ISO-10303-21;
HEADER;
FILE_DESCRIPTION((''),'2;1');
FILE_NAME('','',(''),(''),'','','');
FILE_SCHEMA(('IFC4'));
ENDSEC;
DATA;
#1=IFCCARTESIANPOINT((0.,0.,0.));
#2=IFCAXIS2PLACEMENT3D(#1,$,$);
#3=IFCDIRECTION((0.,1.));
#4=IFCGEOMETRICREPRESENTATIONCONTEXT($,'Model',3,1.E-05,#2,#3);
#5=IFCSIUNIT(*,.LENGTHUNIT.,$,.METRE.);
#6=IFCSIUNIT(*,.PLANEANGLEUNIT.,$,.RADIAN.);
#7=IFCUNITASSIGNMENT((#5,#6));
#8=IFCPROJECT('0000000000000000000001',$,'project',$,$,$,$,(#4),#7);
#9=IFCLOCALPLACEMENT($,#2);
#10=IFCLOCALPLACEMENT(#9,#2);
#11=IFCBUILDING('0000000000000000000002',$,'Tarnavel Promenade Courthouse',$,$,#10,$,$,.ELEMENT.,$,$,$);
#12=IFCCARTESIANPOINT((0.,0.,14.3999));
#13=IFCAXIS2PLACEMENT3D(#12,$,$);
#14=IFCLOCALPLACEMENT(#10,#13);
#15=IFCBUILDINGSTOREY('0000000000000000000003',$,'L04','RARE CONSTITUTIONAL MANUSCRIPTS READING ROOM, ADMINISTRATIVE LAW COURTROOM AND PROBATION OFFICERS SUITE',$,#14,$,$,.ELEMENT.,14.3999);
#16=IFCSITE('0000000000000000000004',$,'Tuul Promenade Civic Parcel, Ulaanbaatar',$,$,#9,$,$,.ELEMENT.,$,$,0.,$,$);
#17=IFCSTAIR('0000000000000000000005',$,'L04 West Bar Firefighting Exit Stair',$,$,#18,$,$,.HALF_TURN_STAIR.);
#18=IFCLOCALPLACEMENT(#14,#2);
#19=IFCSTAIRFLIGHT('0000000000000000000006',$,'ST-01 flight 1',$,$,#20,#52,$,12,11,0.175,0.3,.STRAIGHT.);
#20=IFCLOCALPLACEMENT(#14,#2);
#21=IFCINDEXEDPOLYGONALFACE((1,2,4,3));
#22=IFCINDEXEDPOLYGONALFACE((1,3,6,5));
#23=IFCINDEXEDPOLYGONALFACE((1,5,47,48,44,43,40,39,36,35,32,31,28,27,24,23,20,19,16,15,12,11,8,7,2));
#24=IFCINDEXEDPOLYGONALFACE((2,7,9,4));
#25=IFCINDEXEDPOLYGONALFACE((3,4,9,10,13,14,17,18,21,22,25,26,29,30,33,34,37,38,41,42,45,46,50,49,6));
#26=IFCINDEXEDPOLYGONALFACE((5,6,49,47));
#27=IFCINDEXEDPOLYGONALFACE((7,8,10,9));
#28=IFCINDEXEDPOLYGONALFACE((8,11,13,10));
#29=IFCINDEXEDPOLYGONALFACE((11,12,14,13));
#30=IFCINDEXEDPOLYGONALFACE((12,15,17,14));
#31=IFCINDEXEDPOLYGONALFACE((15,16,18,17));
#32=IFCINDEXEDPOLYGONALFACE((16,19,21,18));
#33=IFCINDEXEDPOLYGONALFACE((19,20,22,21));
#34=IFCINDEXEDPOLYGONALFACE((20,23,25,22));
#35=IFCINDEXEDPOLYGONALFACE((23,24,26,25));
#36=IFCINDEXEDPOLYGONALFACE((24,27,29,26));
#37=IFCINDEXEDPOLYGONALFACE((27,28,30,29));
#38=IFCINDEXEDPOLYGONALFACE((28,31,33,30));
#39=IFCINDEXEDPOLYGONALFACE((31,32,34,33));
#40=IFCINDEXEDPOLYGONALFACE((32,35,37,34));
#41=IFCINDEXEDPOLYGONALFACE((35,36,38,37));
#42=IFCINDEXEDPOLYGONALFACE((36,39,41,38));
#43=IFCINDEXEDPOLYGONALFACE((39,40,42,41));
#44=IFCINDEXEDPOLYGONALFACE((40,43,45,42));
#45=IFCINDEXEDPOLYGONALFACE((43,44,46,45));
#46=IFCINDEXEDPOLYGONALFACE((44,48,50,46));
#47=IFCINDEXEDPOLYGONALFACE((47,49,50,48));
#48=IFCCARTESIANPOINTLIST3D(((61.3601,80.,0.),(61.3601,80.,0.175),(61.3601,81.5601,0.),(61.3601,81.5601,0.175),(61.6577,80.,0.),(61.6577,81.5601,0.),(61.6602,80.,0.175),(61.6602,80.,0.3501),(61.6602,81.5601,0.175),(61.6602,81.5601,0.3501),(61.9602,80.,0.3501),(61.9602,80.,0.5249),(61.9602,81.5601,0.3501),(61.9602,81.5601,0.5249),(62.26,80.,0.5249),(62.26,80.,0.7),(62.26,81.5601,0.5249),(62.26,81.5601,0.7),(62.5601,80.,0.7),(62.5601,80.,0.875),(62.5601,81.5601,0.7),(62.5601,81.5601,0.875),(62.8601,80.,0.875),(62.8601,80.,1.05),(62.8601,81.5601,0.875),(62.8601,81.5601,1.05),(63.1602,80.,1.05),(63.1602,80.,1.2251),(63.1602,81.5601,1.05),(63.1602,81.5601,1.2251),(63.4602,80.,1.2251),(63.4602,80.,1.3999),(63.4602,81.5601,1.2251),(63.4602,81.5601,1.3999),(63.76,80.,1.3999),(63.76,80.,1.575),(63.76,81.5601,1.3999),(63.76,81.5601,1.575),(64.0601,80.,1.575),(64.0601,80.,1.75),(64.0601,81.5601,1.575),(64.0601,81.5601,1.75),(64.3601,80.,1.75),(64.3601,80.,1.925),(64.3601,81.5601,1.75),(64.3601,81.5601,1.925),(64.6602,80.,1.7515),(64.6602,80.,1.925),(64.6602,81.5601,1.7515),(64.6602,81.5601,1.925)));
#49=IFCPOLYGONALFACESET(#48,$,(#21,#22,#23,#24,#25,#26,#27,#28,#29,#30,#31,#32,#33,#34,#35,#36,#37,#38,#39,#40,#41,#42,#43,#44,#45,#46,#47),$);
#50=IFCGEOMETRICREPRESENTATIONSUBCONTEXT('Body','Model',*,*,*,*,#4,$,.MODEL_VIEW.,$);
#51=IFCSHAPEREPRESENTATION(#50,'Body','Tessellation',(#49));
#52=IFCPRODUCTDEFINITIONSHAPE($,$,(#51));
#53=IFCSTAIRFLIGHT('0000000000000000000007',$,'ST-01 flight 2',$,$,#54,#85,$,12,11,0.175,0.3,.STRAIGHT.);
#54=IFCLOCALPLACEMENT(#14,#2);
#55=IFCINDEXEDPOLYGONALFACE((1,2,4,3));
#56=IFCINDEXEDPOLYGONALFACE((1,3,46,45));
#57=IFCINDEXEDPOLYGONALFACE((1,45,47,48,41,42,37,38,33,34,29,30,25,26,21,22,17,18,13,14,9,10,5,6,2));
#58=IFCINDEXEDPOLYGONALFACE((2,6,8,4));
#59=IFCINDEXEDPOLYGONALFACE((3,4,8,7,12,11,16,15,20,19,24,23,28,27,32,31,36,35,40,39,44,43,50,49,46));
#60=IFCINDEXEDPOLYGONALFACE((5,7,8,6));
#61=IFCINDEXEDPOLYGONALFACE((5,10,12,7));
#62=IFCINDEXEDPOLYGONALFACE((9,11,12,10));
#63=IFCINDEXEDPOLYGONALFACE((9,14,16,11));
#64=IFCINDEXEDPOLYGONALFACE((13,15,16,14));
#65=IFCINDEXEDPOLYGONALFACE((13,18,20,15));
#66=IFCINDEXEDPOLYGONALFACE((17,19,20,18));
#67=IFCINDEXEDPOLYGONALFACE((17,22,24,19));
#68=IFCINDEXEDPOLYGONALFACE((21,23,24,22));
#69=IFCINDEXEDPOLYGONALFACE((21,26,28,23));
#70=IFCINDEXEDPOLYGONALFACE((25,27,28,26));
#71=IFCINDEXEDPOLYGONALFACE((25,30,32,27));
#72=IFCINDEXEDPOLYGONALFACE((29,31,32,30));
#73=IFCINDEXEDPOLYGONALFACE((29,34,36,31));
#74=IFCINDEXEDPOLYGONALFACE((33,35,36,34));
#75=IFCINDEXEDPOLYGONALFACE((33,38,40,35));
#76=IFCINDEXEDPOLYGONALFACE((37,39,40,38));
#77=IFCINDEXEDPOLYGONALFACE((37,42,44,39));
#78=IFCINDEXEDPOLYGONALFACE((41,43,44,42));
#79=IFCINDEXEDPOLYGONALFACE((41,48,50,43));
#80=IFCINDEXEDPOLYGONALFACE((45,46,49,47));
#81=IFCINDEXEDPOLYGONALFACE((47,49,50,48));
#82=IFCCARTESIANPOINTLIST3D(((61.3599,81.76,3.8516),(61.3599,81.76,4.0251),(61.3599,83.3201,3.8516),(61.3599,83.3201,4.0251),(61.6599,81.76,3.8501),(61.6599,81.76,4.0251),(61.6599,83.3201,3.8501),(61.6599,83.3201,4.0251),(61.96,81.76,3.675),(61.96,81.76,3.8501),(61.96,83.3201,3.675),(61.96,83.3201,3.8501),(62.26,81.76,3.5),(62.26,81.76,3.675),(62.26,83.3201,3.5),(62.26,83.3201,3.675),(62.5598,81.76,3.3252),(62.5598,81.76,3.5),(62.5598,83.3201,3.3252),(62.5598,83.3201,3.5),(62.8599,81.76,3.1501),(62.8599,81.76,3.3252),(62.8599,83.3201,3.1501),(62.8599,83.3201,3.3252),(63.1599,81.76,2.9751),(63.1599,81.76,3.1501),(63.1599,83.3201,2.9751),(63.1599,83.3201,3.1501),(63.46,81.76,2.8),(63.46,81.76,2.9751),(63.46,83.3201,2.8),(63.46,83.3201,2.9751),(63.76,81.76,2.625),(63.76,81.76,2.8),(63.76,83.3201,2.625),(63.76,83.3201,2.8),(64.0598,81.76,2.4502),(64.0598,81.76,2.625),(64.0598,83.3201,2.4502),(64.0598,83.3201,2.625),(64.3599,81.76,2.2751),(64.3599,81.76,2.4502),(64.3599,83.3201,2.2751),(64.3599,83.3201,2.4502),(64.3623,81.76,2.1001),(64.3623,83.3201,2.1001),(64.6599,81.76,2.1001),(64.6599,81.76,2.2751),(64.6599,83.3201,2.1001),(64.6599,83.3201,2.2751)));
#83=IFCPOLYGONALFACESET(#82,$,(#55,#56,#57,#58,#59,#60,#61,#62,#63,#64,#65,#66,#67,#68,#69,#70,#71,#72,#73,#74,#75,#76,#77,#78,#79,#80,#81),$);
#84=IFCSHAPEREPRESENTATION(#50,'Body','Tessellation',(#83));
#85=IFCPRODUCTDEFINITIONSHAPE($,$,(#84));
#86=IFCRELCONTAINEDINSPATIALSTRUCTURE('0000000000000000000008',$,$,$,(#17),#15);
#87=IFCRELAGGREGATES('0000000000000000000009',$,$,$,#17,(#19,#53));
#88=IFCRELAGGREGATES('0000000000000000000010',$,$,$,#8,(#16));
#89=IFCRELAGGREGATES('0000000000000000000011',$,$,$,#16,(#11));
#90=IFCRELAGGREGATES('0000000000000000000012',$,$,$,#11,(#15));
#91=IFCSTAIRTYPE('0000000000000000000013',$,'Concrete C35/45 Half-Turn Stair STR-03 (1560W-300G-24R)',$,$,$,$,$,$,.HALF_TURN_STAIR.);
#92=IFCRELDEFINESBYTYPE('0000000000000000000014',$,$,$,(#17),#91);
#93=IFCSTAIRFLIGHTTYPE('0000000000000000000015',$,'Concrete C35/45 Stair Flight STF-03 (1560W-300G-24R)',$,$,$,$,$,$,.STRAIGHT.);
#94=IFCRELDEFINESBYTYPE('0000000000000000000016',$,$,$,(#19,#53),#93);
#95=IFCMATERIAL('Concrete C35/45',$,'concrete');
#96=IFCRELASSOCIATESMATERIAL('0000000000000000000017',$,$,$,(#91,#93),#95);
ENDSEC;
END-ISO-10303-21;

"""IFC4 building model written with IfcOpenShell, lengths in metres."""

from ifc_helpers import new_model, si_unit, direction, frame, origin, place, context, subcontext, project, spatial, polyline, outline, extrude, material, type_object, element, aggregate, save


model = new_model("IFC4")

# Units and contexts
model_context = context("Model", 3, precision=1e-05, world=origin(), true_north=direction((0.0, 1.0)))
body_context = subcontext(model_context, "Body", "Model", "MODEL_VIEW")
ifc_project = project(units=[si_unit("LENGTHUNIT", "METRE"), si_unit("PLANEANGLEUNIT", "RADIAN")], contexts=[model_context])

# Site, building, storey
site_placement = place(None, origin())
site = spatial("IfcSite", under=ifc_project, at=site_placement, Name="Tuul Promenade Civic Parcel, Ulaanbaatar", CompositionType="ELEMENT", RefElevation=0.0)
building_placement = place(site_placement, origin())
building = spatial("IfcBuilding", under=site, at=building_placement, Name="Tarnavel Promenade Courthouse", CompositionType="ELEMENT")
storey_placement = place(building_placement, frame((0.0, 0.0, 14.3999)))
storey = spatial("IfcBuildingStorey", under=building, at=storey_placement, Name="L04", Description="RARE CONSTITUTIONAL MANUSCRIPTS READING ROOM, ADMINISTRATIVE LAW COURTROOM AND PROBATION OFFICERS SUITE", CompositionType="ELEMENT", Elevation=14.3999)

# Stair, stair flights
ifc_material_1 = material(Name="Concrete C35/45", Category="concrete")
stair_type = type_object("IfcStairType", Name="Concrete C35/45 Half-Turn Stair STR-03 (1560W-300G-24R)", PredefinedType="HALF_TURN_STAIR", material=ifc_material_1)
stair_placement = place(storey_placement, origin())
stair = element("IfcStair", 1, at=stair_placement, inside=storey, type_object=stair_type, Name="L04 West Bar Firefighting Exit Stair", PredefinedType="HALF_TURN_STAIR")
stair_flight_type = type_object("IfcStairFlightType", Name="Concrete C35/45 Stair Flight STF-03 (1560W-300G-24R)", PredefinedType="STRAIGHT", material=ifc_material_1)
stair_flight_1_placement = place(storey_placement, frame((61.3601, 80.78, 0.0), z_axis=(0.0, 0.0, 1.0), x_axis=(1.0, 0.0, 0.0)))
stair_flight_1 = element("IfcStairFlight", 2, at=stair_flight_1_placement, type_object=stair_flight_type, Name="ST-01 flight 1", NumberOfRisers=12, NumberOfTreads=11, PredefinedType="STRAIGHT", RiserHeight=0.175, TreadLength=0.3, context=body_context, shape_type="SweptSolid", body=[
    extrude(outline(polyline([(0.0, 0.0), (0.0, 0.175), (0.3, 0.175), (0.3, 0.3501), (0.6001, 0.3501), (0.6001, 0.5249), (0.8999, 0.5249), (0.8999, 0.7), (1.2, 0.7), (1.2, 0.875), (1.5, 0.875), (1.5, 1.05), (1.8, 1.05), (1.8, 1.2251), (2.1001, 1.2251), (2.1001, 1.3999), (2.3999, 1.3999), (2.3999, 1.575), (2.7, 1.575), (2.7, 1.75), (3.0, 1.75), (3.0, 1.925), (3.3, 1.925), (3.3, 2.1001), (3.3, 1.7515), (0.2976, 0.0), (0.0, 0.0)])), frame((0.0, 0.78, 0.0), z_axis=(0.0, -1.0, 0.0), x_axis=(1.0, 0.0, 0.0)), (0.0, 0.0, 1.0), 1.5601),
])
stair_flight_2_placement = place(storey_placement, frame((64.6599, 82.54, 2.1001), z_axis=(0.0, 0.0, 1.0), x_axis=(-1.0, 0.0, 0.0)))
stair_flight_2 = element("IfcStairFlight", 3, at=stair_flight_2_placement, type_object=stair_flight_type, Name="ST-01 flight 2", NumberOfRisers=12, NumberOfTreads=11, PredefinedType="STRAIGHT", RiserHeight=0.175, TreadLength=0.3, context=body_context, shape_type="SweptSolid", body=[
    extrude(outline(polyline([(0.0, 0.0), (0.0, 0.175), (0.3, 0.175), (0.3, 0.3501), (0.6001, 0.3501), (0.6001, 0.5249), (0.8999, 0.5249), (0.8999, 0.7), (1.2, 0.7), (1.2, 0.875), (1.5, 0.875), (1.5, 1.05), (1.8, 1.05), (1.8, 1.2251), (2.1001, 1.2251), (2.1001, 1.3999), (2.3999, 1.3999), (2.3999, 1.575), (2.7, 1.575), (2.7, 1.75), (3.0, 1.75), (3.0, 1.925), (3.3, 1.925), (3.3, 2.1001), (3.3, 1.7515), (0.2976, 0.0), (0.0, 0.0)])), frame((0.0, 0.78, 0.0), z_axis=(0.0, -1.0, 0.0), x_axis=(1.0, 0.0, 0.0)), (0.0, 0.0, 1.0), 1.5601),
])
aggregate(stair, [stair_flight_1, stair_flight_2])

save(model, "model.ifc")
